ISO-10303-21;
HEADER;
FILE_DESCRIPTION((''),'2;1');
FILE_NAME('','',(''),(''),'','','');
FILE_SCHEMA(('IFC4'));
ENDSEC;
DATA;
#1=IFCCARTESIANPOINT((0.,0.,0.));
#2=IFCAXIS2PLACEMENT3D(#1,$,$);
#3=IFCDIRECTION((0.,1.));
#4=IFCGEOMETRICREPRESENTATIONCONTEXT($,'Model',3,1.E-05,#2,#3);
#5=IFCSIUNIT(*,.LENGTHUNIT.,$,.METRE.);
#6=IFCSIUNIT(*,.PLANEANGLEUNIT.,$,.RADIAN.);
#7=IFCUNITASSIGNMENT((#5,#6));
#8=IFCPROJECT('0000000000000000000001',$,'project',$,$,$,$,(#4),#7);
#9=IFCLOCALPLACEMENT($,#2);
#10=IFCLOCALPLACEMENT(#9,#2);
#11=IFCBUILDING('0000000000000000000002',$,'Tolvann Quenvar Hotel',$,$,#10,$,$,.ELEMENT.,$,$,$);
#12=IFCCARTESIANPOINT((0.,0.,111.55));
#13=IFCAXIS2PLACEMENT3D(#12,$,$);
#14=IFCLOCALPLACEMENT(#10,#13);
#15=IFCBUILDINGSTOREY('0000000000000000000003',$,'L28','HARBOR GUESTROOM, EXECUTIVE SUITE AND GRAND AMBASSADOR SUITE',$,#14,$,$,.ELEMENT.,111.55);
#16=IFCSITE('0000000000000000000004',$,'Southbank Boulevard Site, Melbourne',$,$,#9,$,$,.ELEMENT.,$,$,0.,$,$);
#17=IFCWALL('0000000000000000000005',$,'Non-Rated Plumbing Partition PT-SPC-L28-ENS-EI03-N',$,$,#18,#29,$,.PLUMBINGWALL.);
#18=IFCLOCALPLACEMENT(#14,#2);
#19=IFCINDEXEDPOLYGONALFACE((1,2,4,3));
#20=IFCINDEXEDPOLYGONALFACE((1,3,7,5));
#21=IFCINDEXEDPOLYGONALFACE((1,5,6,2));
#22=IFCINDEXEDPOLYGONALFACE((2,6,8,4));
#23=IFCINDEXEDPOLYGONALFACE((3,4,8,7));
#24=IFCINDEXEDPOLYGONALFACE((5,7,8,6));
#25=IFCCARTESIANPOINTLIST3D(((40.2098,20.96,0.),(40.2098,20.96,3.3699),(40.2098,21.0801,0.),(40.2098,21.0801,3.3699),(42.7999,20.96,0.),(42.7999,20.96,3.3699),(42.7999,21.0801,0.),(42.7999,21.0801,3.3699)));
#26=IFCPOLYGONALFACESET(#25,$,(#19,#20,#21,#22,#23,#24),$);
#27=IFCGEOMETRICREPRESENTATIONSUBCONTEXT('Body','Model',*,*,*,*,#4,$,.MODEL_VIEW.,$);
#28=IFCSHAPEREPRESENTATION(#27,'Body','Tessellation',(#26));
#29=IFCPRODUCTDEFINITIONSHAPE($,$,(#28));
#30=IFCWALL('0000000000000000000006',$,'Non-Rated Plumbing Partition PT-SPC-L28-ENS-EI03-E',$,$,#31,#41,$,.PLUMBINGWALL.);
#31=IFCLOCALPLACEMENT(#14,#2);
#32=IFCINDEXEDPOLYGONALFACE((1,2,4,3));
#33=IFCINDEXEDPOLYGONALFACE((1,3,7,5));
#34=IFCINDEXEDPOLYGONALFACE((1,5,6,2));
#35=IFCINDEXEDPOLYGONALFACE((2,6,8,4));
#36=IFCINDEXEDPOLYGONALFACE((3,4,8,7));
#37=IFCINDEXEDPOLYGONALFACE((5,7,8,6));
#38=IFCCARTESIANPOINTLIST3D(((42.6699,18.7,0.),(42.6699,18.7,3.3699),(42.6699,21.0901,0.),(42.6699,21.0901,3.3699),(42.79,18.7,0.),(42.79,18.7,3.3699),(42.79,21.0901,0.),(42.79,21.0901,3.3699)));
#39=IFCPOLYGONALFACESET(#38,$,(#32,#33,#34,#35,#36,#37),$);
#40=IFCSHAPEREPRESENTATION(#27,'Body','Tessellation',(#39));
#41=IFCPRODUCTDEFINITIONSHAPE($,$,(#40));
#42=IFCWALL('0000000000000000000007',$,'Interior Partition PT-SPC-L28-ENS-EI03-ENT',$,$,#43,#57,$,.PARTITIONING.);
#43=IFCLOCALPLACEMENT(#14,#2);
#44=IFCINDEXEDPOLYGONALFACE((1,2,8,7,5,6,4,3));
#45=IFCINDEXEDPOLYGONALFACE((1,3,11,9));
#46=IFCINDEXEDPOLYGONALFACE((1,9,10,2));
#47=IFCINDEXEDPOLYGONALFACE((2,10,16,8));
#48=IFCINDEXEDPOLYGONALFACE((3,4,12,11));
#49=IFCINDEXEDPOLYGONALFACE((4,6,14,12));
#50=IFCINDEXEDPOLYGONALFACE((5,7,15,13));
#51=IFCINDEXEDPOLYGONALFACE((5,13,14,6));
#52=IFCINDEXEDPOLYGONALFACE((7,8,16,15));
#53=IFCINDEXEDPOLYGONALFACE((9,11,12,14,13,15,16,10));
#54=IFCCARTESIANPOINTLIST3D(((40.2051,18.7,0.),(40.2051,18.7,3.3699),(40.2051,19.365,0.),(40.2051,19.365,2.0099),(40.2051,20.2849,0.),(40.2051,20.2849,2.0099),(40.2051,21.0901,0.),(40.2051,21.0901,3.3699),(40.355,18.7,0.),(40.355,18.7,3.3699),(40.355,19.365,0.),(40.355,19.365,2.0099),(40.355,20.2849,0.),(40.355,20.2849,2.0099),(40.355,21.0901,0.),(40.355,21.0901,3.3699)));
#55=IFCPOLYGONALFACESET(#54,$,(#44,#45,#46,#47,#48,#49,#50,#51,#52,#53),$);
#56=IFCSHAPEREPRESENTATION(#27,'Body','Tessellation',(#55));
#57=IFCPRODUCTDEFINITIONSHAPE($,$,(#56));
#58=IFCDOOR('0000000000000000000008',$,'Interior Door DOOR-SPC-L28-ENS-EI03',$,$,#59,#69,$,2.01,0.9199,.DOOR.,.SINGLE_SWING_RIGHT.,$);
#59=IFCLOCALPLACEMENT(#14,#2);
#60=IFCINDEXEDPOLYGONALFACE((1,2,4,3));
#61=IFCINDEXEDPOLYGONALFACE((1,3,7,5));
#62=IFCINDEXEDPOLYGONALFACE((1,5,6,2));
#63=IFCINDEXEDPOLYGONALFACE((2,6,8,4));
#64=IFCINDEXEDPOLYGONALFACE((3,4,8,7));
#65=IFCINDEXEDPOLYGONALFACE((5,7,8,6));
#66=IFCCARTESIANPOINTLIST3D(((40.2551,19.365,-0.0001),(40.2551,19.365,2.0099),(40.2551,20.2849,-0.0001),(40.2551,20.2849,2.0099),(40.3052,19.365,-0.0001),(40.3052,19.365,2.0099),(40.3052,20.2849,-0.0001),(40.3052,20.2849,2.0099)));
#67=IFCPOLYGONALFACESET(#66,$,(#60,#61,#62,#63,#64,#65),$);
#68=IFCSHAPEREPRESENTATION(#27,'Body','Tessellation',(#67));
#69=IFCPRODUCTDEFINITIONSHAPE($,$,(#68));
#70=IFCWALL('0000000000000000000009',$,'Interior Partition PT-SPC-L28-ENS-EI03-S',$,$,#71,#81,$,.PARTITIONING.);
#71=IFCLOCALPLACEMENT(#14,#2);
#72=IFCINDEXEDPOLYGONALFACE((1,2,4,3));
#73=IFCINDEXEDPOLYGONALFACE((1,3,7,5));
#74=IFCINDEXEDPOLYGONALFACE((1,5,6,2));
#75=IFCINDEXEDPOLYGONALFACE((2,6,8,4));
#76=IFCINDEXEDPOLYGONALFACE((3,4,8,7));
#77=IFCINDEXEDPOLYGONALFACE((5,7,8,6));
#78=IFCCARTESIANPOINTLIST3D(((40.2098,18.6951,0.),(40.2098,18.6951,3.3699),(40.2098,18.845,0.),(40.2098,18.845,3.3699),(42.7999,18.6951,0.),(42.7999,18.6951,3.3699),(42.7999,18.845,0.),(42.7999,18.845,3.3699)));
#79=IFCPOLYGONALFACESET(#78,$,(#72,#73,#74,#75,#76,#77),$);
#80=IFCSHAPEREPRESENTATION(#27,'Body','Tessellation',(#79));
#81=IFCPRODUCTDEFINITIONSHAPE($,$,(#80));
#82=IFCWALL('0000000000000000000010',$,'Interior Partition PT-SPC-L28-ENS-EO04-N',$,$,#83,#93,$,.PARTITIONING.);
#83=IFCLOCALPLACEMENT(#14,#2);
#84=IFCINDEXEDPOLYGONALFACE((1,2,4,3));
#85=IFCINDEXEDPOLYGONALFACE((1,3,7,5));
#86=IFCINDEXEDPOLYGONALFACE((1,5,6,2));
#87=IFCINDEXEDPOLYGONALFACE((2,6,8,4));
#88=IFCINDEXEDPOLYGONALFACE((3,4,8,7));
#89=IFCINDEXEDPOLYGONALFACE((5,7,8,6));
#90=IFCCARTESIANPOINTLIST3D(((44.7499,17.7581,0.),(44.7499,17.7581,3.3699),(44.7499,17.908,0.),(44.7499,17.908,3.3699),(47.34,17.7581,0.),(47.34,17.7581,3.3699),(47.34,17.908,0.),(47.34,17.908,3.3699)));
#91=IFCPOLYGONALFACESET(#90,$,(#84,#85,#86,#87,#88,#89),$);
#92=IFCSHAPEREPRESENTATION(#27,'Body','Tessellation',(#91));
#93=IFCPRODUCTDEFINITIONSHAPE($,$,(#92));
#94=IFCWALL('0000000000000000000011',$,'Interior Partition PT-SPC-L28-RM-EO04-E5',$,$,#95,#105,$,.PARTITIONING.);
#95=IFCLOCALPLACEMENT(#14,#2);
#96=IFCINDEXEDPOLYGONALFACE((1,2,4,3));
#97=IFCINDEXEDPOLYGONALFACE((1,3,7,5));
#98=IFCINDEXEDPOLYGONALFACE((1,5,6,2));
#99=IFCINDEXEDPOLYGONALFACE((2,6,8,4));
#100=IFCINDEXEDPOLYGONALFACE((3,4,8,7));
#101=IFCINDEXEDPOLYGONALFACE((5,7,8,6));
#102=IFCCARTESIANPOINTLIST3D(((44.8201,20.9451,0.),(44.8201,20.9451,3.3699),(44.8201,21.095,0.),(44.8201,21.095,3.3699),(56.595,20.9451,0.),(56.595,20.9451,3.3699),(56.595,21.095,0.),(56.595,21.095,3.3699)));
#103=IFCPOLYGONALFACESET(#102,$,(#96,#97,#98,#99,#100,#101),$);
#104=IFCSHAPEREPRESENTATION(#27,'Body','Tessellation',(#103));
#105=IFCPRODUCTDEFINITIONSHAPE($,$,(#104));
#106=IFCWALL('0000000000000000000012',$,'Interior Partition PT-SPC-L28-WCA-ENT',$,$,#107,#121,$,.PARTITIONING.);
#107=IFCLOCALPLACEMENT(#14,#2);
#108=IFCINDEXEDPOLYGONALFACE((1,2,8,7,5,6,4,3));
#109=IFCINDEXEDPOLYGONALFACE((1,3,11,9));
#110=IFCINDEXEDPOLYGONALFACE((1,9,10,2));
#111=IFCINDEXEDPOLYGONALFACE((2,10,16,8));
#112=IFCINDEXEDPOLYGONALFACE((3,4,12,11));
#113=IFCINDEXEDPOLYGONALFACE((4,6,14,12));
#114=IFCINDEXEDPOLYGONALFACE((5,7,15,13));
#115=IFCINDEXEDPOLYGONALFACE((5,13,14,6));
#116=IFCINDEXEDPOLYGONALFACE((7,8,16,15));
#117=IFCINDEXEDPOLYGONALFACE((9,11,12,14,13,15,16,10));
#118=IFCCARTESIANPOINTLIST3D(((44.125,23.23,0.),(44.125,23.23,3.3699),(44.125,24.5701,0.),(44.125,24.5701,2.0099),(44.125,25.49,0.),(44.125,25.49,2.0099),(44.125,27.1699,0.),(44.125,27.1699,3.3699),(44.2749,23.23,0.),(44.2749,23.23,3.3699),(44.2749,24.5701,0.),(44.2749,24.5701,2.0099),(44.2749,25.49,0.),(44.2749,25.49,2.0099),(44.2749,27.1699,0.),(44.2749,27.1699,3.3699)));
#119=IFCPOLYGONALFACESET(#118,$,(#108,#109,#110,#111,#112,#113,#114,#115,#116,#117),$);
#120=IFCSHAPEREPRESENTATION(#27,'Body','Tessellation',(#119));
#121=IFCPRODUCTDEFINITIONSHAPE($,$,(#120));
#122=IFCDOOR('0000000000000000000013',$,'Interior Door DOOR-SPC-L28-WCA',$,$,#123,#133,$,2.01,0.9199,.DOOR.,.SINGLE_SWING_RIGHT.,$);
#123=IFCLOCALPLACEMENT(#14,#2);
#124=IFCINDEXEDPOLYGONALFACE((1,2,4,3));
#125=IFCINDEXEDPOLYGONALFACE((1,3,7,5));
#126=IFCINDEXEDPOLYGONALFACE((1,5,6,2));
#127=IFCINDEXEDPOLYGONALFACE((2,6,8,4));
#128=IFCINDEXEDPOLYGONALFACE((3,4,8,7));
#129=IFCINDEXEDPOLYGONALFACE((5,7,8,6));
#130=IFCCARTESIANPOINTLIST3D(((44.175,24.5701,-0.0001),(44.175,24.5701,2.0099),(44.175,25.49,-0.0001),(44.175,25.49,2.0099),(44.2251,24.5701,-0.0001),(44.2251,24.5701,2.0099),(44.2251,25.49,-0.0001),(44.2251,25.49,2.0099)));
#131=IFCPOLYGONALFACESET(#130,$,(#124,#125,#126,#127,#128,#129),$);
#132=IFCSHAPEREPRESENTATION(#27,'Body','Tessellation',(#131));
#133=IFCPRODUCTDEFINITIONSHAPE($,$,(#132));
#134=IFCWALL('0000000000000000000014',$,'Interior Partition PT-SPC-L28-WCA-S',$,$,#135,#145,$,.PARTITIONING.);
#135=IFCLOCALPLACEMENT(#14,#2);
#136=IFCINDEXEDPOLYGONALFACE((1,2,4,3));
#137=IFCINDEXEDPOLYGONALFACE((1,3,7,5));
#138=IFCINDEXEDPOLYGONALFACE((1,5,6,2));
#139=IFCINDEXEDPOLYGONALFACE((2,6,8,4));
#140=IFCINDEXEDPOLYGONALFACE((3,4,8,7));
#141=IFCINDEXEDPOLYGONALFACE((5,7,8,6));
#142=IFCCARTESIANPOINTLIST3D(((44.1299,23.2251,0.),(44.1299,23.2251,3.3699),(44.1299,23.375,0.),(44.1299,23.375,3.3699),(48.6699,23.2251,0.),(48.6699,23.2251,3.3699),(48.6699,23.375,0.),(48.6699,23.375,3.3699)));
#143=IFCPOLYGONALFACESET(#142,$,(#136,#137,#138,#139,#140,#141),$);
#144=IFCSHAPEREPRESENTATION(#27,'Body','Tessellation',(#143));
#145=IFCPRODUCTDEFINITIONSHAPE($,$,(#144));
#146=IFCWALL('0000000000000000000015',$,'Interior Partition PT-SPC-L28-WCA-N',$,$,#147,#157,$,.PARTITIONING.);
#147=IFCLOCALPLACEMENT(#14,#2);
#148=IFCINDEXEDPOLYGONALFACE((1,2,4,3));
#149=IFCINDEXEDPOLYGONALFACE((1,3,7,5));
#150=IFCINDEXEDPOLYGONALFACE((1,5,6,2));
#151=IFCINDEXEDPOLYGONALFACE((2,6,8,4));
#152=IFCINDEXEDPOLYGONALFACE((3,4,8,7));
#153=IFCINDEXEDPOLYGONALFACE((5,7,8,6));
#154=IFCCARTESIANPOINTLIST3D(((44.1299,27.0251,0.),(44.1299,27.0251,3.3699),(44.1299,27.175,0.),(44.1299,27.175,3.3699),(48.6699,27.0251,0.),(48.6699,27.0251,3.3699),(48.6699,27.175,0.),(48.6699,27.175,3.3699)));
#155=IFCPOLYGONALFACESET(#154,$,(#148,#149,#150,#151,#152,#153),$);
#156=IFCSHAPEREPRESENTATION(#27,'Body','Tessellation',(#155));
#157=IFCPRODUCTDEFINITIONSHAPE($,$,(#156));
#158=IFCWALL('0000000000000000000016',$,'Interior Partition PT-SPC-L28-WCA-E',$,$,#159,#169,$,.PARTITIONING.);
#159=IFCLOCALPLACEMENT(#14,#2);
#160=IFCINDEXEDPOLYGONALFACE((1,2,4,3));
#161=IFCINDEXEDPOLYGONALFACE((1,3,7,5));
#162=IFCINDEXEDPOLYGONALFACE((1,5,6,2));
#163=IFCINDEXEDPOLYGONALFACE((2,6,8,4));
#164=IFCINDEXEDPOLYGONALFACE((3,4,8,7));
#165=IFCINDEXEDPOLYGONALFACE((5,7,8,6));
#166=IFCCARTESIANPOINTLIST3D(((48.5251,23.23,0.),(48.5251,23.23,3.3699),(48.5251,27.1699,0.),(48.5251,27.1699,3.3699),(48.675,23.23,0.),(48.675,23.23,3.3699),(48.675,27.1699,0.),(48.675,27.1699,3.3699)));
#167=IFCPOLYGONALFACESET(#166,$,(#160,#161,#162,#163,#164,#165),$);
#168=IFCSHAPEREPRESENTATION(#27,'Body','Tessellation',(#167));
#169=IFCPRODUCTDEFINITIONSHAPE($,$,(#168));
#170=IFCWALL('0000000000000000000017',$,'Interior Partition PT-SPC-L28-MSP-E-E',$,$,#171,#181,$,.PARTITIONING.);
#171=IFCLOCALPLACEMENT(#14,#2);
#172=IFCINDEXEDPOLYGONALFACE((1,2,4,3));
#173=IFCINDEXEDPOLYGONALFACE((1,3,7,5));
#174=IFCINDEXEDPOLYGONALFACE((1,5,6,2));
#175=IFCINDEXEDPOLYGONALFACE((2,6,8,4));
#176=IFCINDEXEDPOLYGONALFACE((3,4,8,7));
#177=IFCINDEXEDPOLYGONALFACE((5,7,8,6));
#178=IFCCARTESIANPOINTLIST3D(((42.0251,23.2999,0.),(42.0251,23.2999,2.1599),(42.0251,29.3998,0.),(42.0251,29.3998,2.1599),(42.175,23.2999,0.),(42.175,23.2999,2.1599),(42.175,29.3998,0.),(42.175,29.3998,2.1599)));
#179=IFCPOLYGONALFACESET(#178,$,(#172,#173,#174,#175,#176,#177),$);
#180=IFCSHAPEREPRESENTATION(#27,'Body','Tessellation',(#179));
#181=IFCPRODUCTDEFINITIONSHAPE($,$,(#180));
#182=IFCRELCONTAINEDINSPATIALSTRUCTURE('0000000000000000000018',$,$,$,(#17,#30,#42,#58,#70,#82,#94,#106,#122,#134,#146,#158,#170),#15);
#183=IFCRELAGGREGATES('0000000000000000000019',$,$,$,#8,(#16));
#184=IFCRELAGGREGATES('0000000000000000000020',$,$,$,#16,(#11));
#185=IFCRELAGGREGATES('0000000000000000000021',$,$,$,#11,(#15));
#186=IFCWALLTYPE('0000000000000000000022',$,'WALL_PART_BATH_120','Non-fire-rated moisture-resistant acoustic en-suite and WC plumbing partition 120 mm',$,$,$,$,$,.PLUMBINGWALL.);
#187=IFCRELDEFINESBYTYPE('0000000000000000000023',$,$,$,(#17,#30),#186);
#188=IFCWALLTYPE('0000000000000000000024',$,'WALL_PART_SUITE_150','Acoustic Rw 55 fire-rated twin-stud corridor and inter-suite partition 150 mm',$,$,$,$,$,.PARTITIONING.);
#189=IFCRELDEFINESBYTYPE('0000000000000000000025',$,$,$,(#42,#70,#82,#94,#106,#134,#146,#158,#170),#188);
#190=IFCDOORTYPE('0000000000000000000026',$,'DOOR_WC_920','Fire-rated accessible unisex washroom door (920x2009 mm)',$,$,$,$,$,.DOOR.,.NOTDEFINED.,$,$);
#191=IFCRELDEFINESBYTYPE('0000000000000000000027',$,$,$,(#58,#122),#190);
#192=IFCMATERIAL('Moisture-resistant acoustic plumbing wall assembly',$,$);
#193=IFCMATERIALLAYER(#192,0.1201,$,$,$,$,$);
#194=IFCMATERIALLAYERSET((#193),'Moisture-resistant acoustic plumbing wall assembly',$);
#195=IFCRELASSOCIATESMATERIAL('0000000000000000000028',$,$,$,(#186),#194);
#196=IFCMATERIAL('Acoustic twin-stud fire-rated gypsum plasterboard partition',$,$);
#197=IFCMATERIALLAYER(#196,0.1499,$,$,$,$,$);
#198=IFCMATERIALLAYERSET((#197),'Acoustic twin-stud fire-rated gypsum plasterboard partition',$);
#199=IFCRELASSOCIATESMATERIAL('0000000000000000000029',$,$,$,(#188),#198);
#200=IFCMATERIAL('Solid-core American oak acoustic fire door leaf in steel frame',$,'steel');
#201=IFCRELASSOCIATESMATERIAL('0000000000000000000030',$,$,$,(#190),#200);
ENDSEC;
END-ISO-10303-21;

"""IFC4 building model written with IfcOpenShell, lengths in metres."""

from ifc_helpers import new_model, si_unit, direction, frame, frame_2d, origin, place, context, subcontext, project, spatial, rectangle, extrude, source, transform, mapped, material, layer, layer_set, type_object, type_shapes, element, fill, save


model = new_model("IFC4")

# Units and contexts
model_context = context("Model", 3, precision=1e-05, world=origin(), true_north=direction((0.0, 1.0)))
body_context = subcontext(model_context, "Body", "Model", "MODEL_VIEW")
ifc_project = project(units=[si_unit("LENGTHUNIT", "METRE"), si_unit("PLANEANGLEUNIT", "RADIAN")], contexts=[model_context])

# Site, building, storey
site_placement = place(None, origin())
site = spatial("IfcSite", under=ifc_project, at=site_placement, Name="Southbank Boulevard Site, Melbourne", CompositionType="ELEMENT", RefElevation=0.0)
building_placement = place(site_placement, origin())
building = spatial("IfcBuilding", under=site, at=building_placement, Name="Tolvann Quenvar Hotel", CompositionType="ELEMENT")
storey_placement = place(building_placement, frame((0.0, 0.0, 111.55)))
storey = spatial("IfcBuildingStorey", under=building, at=storey_placement, Name="L28", Description="HARBOR GUESTROOM, EXECUTIVE SUITE AND GRAND AMBASSADOR SUITE", CompositionType="ELEMENT", Elevation=111.55)

# Walls
ifc_material_1 = material(Name="Moisture-resistant acoustic plumbing wall assembly")
ifc_layer_1 = layer(ifc_material_1, 0.1201)
ifc_layer_set_1 = layer_set([ifc_layer_1], Name="Moisture-resistant acoustic plumbing wall assembly")
wall_type_1 = type_object("IfcWallType", Name="WALL_PART_BATH_120", Description="Non-fire-rated moisture-resistant acoustic en-suite and WC plumbing partition 120 mm", PredefinedType="PLUMBINGWALL", material=ifc_layer_set_1)
wall_1_placement = place(storey_placement, frame((40.21, 21.02, 0.0), z_axis=(0.0, 0.0, 1.0), x_axis=(1.0, 0.0, 0.0)))
element("IfcWall", 1, at=wall_1_placement, inside=storey, type_object=wall_type_1, Name="Non-Rated Plumbing Partition PT-SPC-L28-ENS-EI03-N", PredefinedType="PLUMBINGWALL", context=body_context, shape_type="SweptSolid", body=[
    extrude(rectangle(XDim=2.5901, YDim=0.1201, at=frame_2d((1.2949, 0.0))), origin(), (0.0, 0.0, 1.0), 3.3699),
])
wall_2_placement = place(storey_placement, frame((42.73, 18.7, 0.0), z_axis=(0.0, 0.0, 1.0), x_axis=(0.0, 1.0, 0.0)))
element("IfcWall", 2, at=wall_2_placement, inside=storey, type_object=wall_type_1, Name="Non-Rated Plumbing Partition PT-SPC-L28-ENS-EI03-E", PredefinedType="PLUMBINGWALL", context=body_context, shape_type="SweptSolid", body=[
    extrude(rectangle(XDim=2.3901, YDim=0.1201, at=frame_2d((1.1951, 0.0))), origin(), (0.0, 0.0, 1.0), 3.3699),
])

# Wall, opening, door
ifc_material_2 = material(Name="Acoustic twin-stud fire-rated gypsum plasterboard partition")
ifc_layer_2 = layer(ifc_material_2, 0.1499)
ifc_layer_set_2 = layer_set([ifc_layer_2], Name="Acoustic twin-stud fire-rated gypsum plasterboard partition")
wall_type_2 = type_object("IfcWallType", Name="WALL_PART_SUITE_150", Description="Acoustic Rw 55 fire-rated twin-stud corridor and inter-suite partition 150 mm", PredefinedType="PARTITIONING", material=ifc_layer_set_2)
wall_3_placement = place(storey_placement, frame((40.28, 18.7, 0.0), z_axis=(0.0, 0.0, 1.0), x_axis=(0.0, 1.0, 0.0)))
wall_3 = element("IfcWall", 3, at=wall_3_placement, inside=storey, type_object=wall_type_2, Name="Interior Partition PT-SPC-L28-ENS-EI03-ENT", PredefinedType="PARTITIONING", context=body_context, shape_type="SweptSolid", body=[
    extrude(rectangle(XDim=2.3901, YDim=0.1499, at=frame_2d((1.1951, 0.0))), origin(), (0.0, 0.0, 1.0), 3.3699),
])
opening_1_placement = place(wall_3_placement, frame((0.665, 0.0, 0.0)))
opening_1 = element("IfcOpeningElement", 4, at=opening_1_placement, cuts=wall_3, PredefinedType="OPENING", context=body_context, shape_type="SweptSolid", body=[
    extrude(rectangle(XDim=0.9199, YDim=2.01, at=frame_2d((0.46, 1.0049))), frame((0.0, 0.085, 0.0), z_axis=(0.0, -1.0, 0.0), x_axis=(1.0, 0.0, 0.0)), (0.0, 0.0, 1.0), 0.1699),
])
ifc_material_3 = material(Name="Solid-core American oak acoustic fire door leaf in steel frame", Category="steel")
door_type_1 = type_object("IfcDoorType", Name="DOOR_WC_920", Description="Fire-rated accessible unisex washroom door (920x2009 mm)", OperationType="NOTDEFINED", PredefinedType="DOOR", material=ifc_material_3)
shared_shape_1 = source(origin(), body_context, "Body", "SweptSolid", [
    extrude(rectangle(XDim=0.9199, YDim=2.01, at=frame_2d((0.46, 1.0049))), frame((0.0, 0.0249, 0.0), z_axis=(0.0, -1.0, 0.0), x_axis=(1.0, 0.0, 0.0)), (0.0, 0.0, 1.0), 0.05),
])
type_shapes(door_type_1, [shared_shape_1])
door_1_placement = place(opening_1_placement, origin())
door_1 = element("IfcDoor", 5, at=door_1_placement, inside=storey, type_object=door_type_1, Name="Interior Door DOOR-SPC-L28-ENS-EI03", OperationType="SINGLE_SWING_RIGHT", OverallHeight=2.01, OverallWidth=0.9199, PredefinedType="DOOR", context=body_context, shape_type="MappedRepresentation", body=[
    mapped(shared_shape_1, transform((0.0, 0.0, 0.0), x_axis=(1.0, 0.0, 0.0), y_axis=(0.0, 1.0, 0.0), z_axis=(0.0, 0.0, 1.0), scale=1.0)),
])
fill(opening_1, door_1)

# Walls
for number, where, z_axis, x_axis, name in (
    (6, (40.21, 18.77, 0.0), (0.0, 0.0, 1.0), (1.0, 0.0, 0.0), "Interior Partition PT-SPC-L28-ENS-EI03-S"),
    (7, (44.75, 17.833, 0.0), (0.0, 0.0, 1.0), (1.0, 0.0, 0.0), "Interior Partition PT-SPC-L28-ENS-EO04-N"),
):
    element("IfcWall", number, at=place(storey_placement, frame(where, z_axis=z_axis, x_axis=x_axis)), inside=storey, type_object=wall_type_2, Name=name, PredefinedType="PARTITIONING", context=body_context, shape_type="SweptSolid", body=[
        extrude(rectangle(XDim=2.5901, YDim=0.1499, at=frame_2d((1.2949, 0.0))), origin(), (0.0, 0.0, 1.0), 3.3699),
    ])

# Wall
wall_4_placement = place(storey_placement, frame((44.8201, 21.02, 0.0), z_axis=(0.0, 0.0, 1.0), x_axis=(1.0, 0.0, 0.0)))
element("IfcWall", 8, at=wall_4_placement, inside=storey, type_object=wall_type_2, Name="Interior Partition PT-SPC-L28-RM-EO04-E5", PredefinedType="PARTITIONING", context=body_context, shape_type="SweptSolid", body=[
    extrude(rectangle(XDim=11.7749, YDim=0.1499, at=frame_2d((5.8875, 0.0))), origin(), (0.0, 0.0, 1.0), 3.3699),
])

# Wall, opening, door
wall_5_placement = place(storey_placement, frame((44.2, 23.23, 0.0), z_axis=(0.0, 0.0, 1.0), x_axis=(0.0, 1.0, 0.0)))
wall_5 = element("IfcWall", 9, at=wall_5_placement, inside=storey, type_object=wall_type_2, Name="Interior Partition PT-SPC-L28-WCA-ENT", PredefinedType="PARTITIONING", context=body_context, shape_type="SweptSolid", body=[
    extrude(rectangle(XDim=3.9399, YDim=0.1499, at=frame_2d((1.97, 0.0))), origin(), (0.0, 0.0, 1.0), 3.3699),
])
opening_2_placement = place(wall_5_placement, frame((1.3401, 0.0, 0.0)))
opening_2 = element("IfcOpeningElement", 10, at=opening_2_placement, cuts=wall_5, PredefinedType="OPENING", context=body_context, shape_type="SweptSolid", body=[
    extrude(rectangle(XDim=0.9199, YDim=2.01, at=frame_2d((0.46, 1.0049))), frame((0.0, 0.085, 0.0), z_axis=(0.0, -1.0, 0.0), x_axis=(1.0, 0.0, 0.0)), (0.0, 0.0, 1.0), 0.1699),
])
door_2_placement = place(opening_2_placement, origin())
door_2 = element("IfcDoor", 11, at=door_2_placement, inside=storey, type_object=door_type_1, Name="Interior Door DOOR-SPC-L28-WCA", OperationType="SINGLE_SWING_RIGHT", OverallHeight=2.01, OverallWidth=0.9199, PredefinedType="DOOR", context=body_context, shape_type="MappedRepresentation", body=[
    mapped(shared_shape_1, transform((0.0, 0.0, 0.0), x_axis=(1.0, 0.0, 0.0), y_axis=(0.0, 1.0, 0.0), z_axis=(0.0, 0.0, 1.0), scale=1.0)),
])
fill(opening_2, door_2)

# Walls
for number, where, z_axis, x_axis, name in (
    (12, (44.1299, 23.3, 0.0), (0.0, 0.0, 1.0), (1.0, 0.0, 0.0), "Interior Partition PT-SPC-L28-WCA-S"),
    (13, (44.1299, 27.1001, 0.0), (0.0, 0.0, 1.0), (1.0, 0.0, 0.0), "Interior Partition PT-SPC-L28-WCA-N"),
):
    element("IfcWall", number, at=place(storey_placement, frame(where, z_axis=z_axis, x_axis=x_axis)), inside=storey, type_object=wall_type_2, Name=name, PredefinedType="PARTITIONING", context=body_context, shape_type="SweptSolid", body=[
        extrude(rectangle(XDim=4.54, YDim=0.1499, at=frame_2d((2.27, 0.0))), origin(), (0.0, 0.0, 1.0), 3.3699),
    ])
wall_6_placement = place(storey_placement, frame((48.6001, 23.23, 0.0), z_axis=(0.0, 0.0, 1.0), x_axis=(0.0, 1.0, 0.0)))
element("IfcWall", 14, at=wall_6_placement, inside=storey, type_object=wall_type_2, Name="Interior Partition PT-SPC-L28-WCA-E", PredefinedType="PARTITIONING", context=body_context, shape_type="SweptSolid", body=[
    extrude(rectangle(XDim=3.9399, YDim=0.1499, at=frame_2d((1.97, 0.0))), origin(), (0.0, 0.0, 1.0), 3.3699),
])
wall_7_placement = place(storey_placement, frame((42.1001, 23.3, 0.0), z_axis=(0.0, 0.0, 1.0), x_axis=(0.0, 1.0, 0.0)))
element("IfcWall", 15, at=wall_7_placement, inside=storey, type_object=wall_type_2, Name="Interior Partition PT-SPC-L28-MSP-E-E", PredefinedType="PARTITIONING", context=body_context, shape_type="SweptSolid", body=[
    extrude(rectangle(XDim=6.0999, YDim=0.1499, at=frame_2d((3.0498, 0.0))), origin(), (0.0, 0.0, 1.0), 2.1599),
])

save(model, "model.ifc")
